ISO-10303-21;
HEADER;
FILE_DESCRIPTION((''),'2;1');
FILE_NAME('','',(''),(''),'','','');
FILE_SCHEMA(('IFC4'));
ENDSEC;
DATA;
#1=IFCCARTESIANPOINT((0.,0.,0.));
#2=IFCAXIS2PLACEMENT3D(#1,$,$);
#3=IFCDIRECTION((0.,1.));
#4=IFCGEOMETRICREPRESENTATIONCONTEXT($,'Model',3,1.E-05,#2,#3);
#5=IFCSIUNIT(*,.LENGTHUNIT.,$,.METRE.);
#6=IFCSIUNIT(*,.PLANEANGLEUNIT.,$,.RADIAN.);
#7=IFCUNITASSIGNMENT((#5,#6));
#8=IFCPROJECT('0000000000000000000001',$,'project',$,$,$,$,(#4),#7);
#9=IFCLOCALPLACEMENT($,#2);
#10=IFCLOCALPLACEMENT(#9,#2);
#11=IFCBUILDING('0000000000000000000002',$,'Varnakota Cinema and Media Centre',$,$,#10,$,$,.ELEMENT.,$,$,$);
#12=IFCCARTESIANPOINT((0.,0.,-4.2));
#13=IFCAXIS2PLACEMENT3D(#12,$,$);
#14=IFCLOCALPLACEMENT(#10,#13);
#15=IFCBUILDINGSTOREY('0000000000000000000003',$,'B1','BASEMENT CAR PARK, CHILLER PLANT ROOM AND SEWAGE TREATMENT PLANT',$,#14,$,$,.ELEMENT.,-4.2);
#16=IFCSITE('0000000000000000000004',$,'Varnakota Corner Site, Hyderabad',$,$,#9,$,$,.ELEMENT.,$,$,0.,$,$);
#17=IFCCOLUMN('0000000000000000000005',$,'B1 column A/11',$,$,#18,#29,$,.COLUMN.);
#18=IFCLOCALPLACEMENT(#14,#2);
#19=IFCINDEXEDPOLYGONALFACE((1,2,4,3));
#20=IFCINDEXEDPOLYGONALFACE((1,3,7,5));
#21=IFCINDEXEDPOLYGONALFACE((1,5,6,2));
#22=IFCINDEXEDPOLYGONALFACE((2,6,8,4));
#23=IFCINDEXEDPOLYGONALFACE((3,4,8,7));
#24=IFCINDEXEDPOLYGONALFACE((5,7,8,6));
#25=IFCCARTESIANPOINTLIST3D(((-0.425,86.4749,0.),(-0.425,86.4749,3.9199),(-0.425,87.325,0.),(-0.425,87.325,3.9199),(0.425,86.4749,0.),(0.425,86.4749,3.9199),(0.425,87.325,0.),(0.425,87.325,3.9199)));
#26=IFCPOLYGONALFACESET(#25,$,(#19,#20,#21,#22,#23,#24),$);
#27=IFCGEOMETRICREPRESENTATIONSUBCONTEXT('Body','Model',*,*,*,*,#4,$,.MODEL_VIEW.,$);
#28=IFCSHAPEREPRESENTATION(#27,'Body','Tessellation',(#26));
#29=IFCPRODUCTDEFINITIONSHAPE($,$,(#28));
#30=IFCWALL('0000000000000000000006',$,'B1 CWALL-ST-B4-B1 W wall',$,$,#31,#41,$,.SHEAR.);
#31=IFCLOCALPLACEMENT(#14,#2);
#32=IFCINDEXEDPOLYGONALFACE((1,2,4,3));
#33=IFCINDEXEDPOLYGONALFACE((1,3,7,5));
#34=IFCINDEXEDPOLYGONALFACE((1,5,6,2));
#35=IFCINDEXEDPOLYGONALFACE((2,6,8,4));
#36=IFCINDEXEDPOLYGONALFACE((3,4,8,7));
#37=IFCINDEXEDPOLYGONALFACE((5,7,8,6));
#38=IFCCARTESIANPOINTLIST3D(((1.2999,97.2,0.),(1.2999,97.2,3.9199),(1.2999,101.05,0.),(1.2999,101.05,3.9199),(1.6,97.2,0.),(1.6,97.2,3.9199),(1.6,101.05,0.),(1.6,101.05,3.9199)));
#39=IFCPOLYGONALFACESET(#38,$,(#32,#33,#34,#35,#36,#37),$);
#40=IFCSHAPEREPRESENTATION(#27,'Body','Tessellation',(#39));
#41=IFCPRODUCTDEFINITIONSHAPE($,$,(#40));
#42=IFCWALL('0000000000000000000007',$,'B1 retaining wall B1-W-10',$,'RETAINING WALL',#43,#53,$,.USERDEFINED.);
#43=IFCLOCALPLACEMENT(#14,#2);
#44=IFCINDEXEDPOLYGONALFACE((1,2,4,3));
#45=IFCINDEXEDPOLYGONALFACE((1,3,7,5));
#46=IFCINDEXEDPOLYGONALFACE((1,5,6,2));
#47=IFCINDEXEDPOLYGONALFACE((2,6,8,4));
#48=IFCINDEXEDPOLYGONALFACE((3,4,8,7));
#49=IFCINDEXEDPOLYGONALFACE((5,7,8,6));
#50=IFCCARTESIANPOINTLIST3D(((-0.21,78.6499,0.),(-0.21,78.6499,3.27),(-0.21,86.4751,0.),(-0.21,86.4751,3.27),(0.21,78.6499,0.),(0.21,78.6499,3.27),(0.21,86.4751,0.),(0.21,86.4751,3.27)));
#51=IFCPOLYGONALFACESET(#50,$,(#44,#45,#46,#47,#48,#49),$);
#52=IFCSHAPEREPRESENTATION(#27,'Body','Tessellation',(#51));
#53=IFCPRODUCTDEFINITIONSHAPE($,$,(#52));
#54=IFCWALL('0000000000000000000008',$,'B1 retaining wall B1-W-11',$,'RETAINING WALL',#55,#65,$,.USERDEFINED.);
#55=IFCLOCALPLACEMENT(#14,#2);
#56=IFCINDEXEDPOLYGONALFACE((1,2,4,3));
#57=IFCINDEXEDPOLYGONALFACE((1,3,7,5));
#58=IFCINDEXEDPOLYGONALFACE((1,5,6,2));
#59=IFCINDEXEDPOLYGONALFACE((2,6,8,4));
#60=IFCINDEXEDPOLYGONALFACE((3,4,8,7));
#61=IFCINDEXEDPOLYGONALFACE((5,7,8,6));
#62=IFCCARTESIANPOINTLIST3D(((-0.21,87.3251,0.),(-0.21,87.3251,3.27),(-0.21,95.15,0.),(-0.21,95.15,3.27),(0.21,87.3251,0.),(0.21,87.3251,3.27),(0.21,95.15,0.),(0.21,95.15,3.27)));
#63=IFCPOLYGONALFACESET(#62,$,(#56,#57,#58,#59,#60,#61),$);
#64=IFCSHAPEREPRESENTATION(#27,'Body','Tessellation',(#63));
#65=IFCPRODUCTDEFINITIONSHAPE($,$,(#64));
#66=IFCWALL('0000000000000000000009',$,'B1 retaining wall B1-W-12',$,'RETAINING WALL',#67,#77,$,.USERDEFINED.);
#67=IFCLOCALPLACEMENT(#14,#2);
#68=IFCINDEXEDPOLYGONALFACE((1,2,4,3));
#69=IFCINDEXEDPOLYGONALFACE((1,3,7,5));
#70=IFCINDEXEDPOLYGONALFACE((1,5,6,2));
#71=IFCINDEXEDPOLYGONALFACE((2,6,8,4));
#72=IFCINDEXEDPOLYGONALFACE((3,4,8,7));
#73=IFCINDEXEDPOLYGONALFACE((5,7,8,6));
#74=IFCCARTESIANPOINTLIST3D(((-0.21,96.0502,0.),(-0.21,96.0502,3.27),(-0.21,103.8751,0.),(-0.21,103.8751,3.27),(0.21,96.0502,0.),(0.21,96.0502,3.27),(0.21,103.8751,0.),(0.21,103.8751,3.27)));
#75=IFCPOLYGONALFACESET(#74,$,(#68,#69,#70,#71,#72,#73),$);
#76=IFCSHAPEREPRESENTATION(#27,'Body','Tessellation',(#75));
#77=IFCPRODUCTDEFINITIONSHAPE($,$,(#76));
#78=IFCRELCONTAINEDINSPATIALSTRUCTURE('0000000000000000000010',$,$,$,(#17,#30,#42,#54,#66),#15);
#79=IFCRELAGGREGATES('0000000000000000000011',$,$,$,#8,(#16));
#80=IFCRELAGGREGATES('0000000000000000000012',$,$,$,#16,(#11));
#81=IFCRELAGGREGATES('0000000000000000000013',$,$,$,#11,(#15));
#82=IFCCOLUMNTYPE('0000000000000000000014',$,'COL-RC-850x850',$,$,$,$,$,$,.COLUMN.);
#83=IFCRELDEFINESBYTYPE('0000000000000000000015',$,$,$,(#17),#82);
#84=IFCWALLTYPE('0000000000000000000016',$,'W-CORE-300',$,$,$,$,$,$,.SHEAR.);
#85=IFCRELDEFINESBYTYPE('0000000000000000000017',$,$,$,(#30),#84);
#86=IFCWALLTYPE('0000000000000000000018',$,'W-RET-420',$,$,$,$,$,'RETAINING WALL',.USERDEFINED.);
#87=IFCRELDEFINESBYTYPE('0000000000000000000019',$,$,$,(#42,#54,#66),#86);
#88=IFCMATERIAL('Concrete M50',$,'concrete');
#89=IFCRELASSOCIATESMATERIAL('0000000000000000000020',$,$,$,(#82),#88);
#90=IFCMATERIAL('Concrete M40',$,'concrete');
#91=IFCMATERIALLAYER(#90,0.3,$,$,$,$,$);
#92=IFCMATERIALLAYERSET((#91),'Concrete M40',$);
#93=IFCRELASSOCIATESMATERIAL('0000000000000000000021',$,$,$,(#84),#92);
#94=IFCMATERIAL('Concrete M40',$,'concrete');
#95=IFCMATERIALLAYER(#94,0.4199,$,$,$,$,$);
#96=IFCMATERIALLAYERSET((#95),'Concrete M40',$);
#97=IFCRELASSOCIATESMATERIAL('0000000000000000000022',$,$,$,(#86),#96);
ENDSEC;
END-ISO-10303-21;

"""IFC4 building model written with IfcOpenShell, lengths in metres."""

from ifc_helpers import new_model, si_unit, direction, frame, frame_2d, origin, origin_2d, place, context, subcontext, project, spatial, rectangle, extrude, material, layer, layer_set, material_profile, profile_set, type_object, element, save


model = new_model("IFC4")

# Units and contexts
model_context = context("Model", 3, precision=1e-05, world=origin(), true_north=direction((0.0, 1.0)))
body_context = subcontext(model_context, "Body", "Model", "MODEL_VIEW")
ifc_project = project(units=[si_unit("LENGTHUNIT", "METRE"), si_unit("PLANEANGLEUNIT", "RADIAN")], contexts=[model_context])

# Site, building, storey
site_placement = place(None, origin())
site = spatial("IfcSite", under=ifc_project, at=site_placement, Name="Varnakota Corner Site, Hyderabad", CompositionType="ELEMENT", RefElevation=0.0)
building_placement = place(site_placement, origin())
building = spatial("IfcBuilding", under=site, at=building_placement, Name="Varnakota Cinema and Media Centre", CompositionType="ELEMENT")
storey_placement = place(building_placement, frame((0.0, 0.0, -4.2)))
storey = spatial("IfcBuildingStorey", under=building, at=storey_placement, Name="B1", Description="BASEMENT CAR PARK, CHILLER PLANT ROOM AND SEWAGE TREATMENT PLANT", CompositionType="ELEMENT", Elevation=-4.2)

# Column
ifc_material_1 = material(Name="Concrete M50", Category="concrete")
ifc_material_profile_1 = material_profile(ifc_material_1, rectangle(XDim=0.8501, YDim=0.8501, at=origin_2d()), Name="RC 850x850")
ifc_profile_set_1 = profile_set([ifc_material_profile_1], Name="Concrete M50")
column_type_1 = type_object("IfcColumnType", Name="COL-RC-850x850", PredefinedType="COLUMN", material=ifc_profile_set_1)
column_1_placement = place(storey_placement, frame((0.0, 86.8999, 0.0), z_axis=(0.0, 0.0, 1.0), x_axis=(1.0, 0.0, 0.0)))
element("IfcColumn", 1, at=column_1_placement, inside=storey, type_object=column_type_1, Name="B1 column A/11", PredefinedType="COLUMN", context=body_context, shape_type="SweptSolid", body=[
    extrude(rectangle(XDim=0.8501, YDim=0.8501, at=origin_2d()), origin(), (0.0, 0.0, 1.0), 3.9199),
])

# Walls
ifc_material_2 = material(Name="Concrete M40", Category="concrete")
ifc_layer_1 = layer(ifc_material_2, 0.3)
ifc_layer_set_1 = layer_set([ifc_layer_1], Name="Concrete M40")
wall_type_1 = type_object("IfcWallType", Name="W-CORE-300", PredefinedType="SHEAR", material=ifc_layer_set_1)
wall_1_placement = place(storey_placement, frame((1.45, 97.2, 0.0), z_axis=(0.0, 0.0, 1.0), x_axis=(0.0, 1.0, 0.0)))
element("IfcWall", 2, at=wall_1_placement, inside=storey, type_object=wall_type_1, Name="B1 CWALL-ST-B4-B1 W wall", PredefinedType="SHEAR", context=body_context, shape_type="SweptSolid", body=[
    extrude(rectangle(XDim=3.8501, YDim=0.3, at=frame_2d((1.925, 0.0))), origin(), (0.0, 0.0, 1.0), 3.9199),
])
ifc_material_3 = material(Name="Concrete M40", Category="concrete")
ifc_layer_2 = layer(ifc_material_3, 0.4199)
ifc_layer_set_2 = layer_set([ifc_layer_2], Name="Concrete M40")
wall_type_2 = type_object("IfcWallType", Name="W-RET-420", ElementType="RETAINING WALL", PredefinedType="USERDEFINED", material=ifc_layer_set_2)
wall_2_placement = place(storey_placement, frame((0.0, 78.6499, 0.0), z_axis=(0.0, 0.0, 1.0), x_axis=(0.0, 1.0, 0.0)))
element("IfcWall", 3, at=wall_2_placement, inside=storey, type_object=wall_type_2, Name="B1 retaining wall B1-W-10", ObjectType="RETAINING WALL", PredefinedType="USERDEFINED", context=body_context, shape_type="SweptSolid", body=[
    extrude(rectangle(XDim=7.8252, YDim=0.4199, at=frame_2d((3.9126, 0.0))), origin(), (0.0, 0.0, 1.0), 3.27),
])
for number, where, z_axis, x_axis, name in (
    (4, (0.0, 87.325, 0.0), (0.0, 0.0, 1.0), (0.0, 1.0, 0.0), "B1 retaining wall B1-W-11"),
    (5, (0.0, 96.05, 0.0), (0.0, 0.0, 1.0), (0.0, 1.0, 0.0), "B1 retaining wall B1-W-12"),
):
    element("IfcWall", number, at=place(storey_placement, frame(where, z_axis=z_axis, x_axis=x_axis)), inside=storey, type_object=wall_type_2, Name=name, ObjectType="RETAINING WALL", PredefinedType="USERDEFINED", context=body_context, shape_type="SweptSolid", body=[
        extrude(rectangle(XDim=7.825, YDim=0.4199, at=frame_2d((3.9126, 0.0))), origin(), (0.0, 0.0, 1.0), 3.27),
    ])

save(model, "model.ifc")
